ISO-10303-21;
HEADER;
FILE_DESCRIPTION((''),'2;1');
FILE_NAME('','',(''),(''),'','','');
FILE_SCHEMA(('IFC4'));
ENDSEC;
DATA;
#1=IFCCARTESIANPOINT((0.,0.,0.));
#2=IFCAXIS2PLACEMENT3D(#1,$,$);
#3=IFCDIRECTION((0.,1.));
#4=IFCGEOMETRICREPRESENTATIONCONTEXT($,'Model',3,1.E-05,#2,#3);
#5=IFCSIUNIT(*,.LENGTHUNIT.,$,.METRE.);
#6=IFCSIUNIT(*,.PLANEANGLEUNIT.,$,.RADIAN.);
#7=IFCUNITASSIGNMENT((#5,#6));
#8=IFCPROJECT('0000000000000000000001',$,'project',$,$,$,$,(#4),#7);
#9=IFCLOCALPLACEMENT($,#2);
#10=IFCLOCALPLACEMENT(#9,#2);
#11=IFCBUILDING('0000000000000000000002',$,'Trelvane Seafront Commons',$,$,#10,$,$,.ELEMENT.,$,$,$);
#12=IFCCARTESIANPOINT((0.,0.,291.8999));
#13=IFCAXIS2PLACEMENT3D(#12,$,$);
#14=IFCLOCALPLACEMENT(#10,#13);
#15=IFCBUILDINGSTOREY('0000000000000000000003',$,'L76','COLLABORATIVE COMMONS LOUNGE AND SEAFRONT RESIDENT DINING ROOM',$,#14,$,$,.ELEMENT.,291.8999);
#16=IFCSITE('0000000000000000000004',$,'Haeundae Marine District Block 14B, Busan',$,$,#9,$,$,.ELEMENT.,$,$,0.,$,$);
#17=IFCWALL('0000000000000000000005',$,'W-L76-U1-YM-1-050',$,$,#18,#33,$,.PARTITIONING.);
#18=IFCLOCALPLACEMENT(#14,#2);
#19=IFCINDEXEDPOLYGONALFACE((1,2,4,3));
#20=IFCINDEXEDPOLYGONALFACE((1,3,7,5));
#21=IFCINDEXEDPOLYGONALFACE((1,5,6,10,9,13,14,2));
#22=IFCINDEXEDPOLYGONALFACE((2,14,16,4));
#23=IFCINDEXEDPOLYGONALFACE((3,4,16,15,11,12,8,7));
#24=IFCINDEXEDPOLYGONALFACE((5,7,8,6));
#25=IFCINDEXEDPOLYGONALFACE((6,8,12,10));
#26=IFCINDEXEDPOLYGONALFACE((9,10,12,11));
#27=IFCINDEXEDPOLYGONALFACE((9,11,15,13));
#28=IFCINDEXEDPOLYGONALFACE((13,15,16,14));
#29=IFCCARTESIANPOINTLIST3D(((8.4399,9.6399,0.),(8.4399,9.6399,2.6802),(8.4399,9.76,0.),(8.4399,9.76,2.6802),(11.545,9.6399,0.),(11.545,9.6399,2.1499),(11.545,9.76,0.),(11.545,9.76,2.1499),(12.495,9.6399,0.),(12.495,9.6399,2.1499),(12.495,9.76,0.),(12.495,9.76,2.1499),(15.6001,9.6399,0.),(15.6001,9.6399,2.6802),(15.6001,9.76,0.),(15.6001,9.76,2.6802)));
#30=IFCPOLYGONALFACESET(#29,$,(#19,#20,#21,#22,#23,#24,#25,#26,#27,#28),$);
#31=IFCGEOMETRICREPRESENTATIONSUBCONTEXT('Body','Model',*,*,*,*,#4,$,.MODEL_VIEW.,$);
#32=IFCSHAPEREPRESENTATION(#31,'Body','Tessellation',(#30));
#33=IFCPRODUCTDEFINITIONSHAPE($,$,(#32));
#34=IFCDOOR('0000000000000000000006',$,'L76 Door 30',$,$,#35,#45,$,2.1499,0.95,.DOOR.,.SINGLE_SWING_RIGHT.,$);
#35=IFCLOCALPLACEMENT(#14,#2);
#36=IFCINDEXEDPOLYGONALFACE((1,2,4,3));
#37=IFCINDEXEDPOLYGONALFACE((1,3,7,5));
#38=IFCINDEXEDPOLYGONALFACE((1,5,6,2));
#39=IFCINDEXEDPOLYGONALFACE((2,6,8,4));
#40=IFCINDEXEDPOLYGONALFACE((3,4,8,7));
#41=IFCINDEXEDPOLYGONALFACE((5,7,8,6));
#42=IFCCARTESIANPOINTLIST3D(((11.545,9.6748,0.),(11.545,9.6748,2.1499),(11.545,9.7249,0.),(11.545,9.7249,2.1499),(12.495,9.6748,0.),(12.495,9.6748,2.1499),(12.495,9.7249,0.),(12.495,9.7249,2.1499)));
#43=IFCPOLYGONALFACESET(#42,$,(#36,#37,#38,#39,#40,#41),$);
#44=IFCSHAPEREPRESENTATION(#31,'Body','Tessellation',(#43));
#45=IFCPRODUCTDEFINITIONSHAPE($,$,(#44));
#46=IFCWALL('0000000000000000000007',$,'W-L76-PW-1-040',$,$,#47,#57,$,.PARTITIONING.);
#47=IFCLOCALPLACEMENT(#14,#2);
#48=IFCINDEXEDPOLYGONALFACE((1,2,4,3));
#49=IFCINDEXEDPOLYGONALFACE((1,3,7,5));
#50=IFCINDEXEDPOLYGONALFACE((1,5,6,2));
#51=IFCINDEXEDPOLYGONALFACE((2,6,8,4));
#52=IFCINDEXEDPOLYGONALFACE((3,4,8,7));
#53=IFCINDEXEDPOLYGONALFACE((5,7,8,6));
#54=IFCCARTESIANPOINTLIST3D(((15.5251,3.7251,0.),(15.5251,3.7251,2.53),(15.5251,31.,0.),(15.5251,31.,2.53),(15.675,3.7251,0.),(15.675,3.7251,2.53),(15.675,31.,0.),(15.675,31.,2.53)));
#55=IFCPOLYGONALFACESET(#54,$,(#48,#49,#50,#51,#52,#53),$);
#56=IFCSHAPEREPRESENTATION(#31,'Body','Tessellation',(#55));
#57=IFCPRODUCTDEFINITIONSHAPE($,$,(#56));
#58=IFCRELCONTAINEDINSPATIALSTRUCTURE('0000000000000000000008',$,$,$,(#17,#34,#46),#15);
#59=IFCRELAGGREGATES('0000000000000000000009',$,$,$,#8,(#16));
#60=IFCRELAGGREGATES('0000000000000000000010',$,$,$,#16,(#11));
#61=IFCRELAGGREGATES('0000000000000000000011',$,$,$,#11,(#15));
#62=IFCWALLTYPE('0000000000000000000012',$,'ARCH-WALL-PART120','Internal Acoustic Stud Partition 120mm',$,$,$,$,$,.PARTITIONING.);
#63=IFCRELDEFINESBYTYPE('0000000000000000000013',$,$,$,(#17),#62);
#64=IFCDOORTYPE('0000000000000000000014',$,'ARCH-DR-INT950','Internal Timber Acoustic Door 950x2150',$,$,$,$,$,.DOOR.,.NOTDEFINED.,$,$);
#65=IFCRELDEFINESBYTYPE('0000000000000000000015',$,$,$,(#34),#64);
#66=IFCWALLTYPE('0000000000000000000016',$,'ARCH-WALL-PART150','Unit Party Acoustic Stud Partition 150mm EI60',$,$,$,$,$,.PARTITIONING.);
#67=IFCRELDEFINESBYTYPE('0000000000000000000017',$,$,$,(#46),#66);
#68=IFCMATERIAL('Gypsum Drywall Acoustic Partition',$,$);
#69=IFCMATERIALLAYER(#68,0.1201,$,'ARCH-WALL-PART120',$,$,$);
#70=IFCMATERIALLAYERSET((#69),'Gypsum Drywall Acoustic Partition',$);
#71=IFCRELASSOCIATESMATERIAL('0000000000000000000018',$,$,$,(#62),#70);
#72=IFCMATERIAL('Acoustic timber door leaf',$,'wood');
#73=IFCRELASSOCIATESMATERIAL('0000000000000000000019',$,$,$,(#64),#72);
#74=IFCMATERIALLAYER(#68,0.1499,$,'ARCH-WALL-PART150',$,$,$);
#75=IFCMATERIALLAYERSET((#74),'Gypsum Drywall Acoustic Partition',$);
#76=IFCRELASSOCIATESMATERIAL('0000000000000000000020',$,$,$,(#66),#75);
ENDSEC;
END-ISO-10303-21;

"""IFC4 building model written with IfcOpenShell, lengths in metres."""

from ifc_helpers import new_model, si_unit, direction, frame, frame_2d, origin, place, context, subcontext, project, spatial, rectangle, extrude, source, transform, mapped, material, layer, layer_set, type_object, element, fill, save


model = new_model("IFC4")

# Units and contexts
model_context = context("Model", 3, precision=1e-05, world=origin(), true_north=direction((0.0, 1.0)))
body_context = subcontext(model_context, "Body", "Model", "MODEL_VIEW")
ifc_project = project(units=[si_unit("LENGTHUNIT", "METRE"), si_unit("PLANEANGLEUNIT", "RADIAN")], contexts=[model_context])

# Site, building, storey
site_placement = place(None, origin())
site = spatial("IfcSite", under=ifc_project, at=site_placement, Name="Haeundae Marine District Block 14B, Busan", CompositionType="ELEMENT", RefElevation=0.0)
building_placement = place(site_placement, origin())
building = spatial("IfcBuilding", under=site, at=building_placement, Name="Trelvane Seafront Commons", CompositionType="ELEMENT")
storey_placement = place(building_placement, frame((0.0, 0.0, 291.8999)))
storey = spatial("IfcBuildingStorey", under=building, at=storey_placement, Name="L76", Description="COLLABORATIVE COMMONS LOUNGE AND SEAFRONT RESIDENT DINING ROOM", CompositionType="ELEMENT", Elevation=291.8999)

# Wall, opening, door
ifc_material_1 = material(Name="Gypsum Drywall Acoustic Partition")
ifc_layer_1 = layer(ifc_material_1, 0.1201, Name="ARCH-WALL-PART120")
ifc_layer_set_1 = layer_set([ifc_layer_1], Name="Gypsum Drywall Acoustic Partition")
wall_type_1 = type_object("IfcWallType", Name="ARCH-WALL-PART120", Description="Internal Acoustic Stud Partition 120mm", PredefinedType="PARTITIONING", material=ifc_layer_set_1)
wall_1_placement = place(storey_placement, frame((8.4399, 9.7, 0.0), z_axis=(0.0, 0.0, 1.0), x_axis=(1.0, 0.0, 0.0)))
wall_1 = element("IfcWall", 1, at=wall_1_placement, inside=storey, type_object=wall_type_1, Name="W-L76-U1-YM-1-050", PredefinedType="PARTITIONING", context=body_context, shape_type="SweptSolid", body=[
    extrude(rectangle(XDim=7.1602, YDim=0.1201, at=frame_2d((3.5801, 0.0))), origin(), (0.0, 0.0, 1.0), 2.6802),
])
opening_1_placement = place(wall_1_placement, frame((3.105, 0.0, 0.0)))
opening_1 = element("IfcOpeningElement", 2, at=opening_1_placement, cuts=wall_1, PredefinedType="OPENING", context=body_context, shape_type="SweptSolid", body=[
    extrude(rectangle(XDim=0.95, YDim=2.1499, at=frame_2d((0.4751, 1.075))), frame((0.0, 0.0701, 0.0), z_axis=(0.0, -1.0, 0.0), x_axis=(1.0, 0.0, 0.0)), (0.0, 0.0, 1.0), 0.1401),
])
ifc_material_2 = material(Name="Acoustic timber door leaf", Category="wood")
door_type = type_object("IfcDoorType", Name="ARCH-DR-INT950", Description="Internal Timber Acoustic Door 950x2150", OperationType="NOTDEFINED", PredefinedType="DOOR", material=ifc_material_2)
shared_shape_1 = source(origin(), body_context, "Body", "SweptSolid", [
    extrude(rectangle(XDim=0.95, YDim=2.1499, at=frame_2d((0.4751, 1.075))), frame((0.0, 0.0249, 0.0), z_axis=(0.0, -1.0, 0.0), x_axis=(1.0, 0.0, 0.0)), (0.0, 0.0, 1.0), 0.05),
])
door_placement = place(opening_1_placement, origin())
door = element("IfcDoor", 3, at=door_placement, inside=storey, type_object=door_type, Name="L76 Door 30", OperationType="SINGLE_SWING_RIGHT", OverallHeight=2.1499, OverallWidth=0.95, PredefinedType="DOOR", context=body_context, shape_type="MappedRepresentation", body=[
    mapped(shared_shape_1, transform((0.0, 0.0, 0.0), x_axis=(1.0, 0.0, 0.0), y_axis=(0.0, 1.0, 0.0), z_axis=(0.0, 0.0, 1.0), scale=1.0)),
])
fill(opening_1, door)

# Wall
ifc_layer_2 = layer(ifc_material_1, 0.1499, Name="ARCH-WALL-PART150")
ifc_layer_set_2 = layer_set([ifc_layer_2], Name="Gypsum Drywall Acoustic Partition")
wall_type_2 = type_object("IfcWallType", Name="ARCH-WALL-PART150", Description="Unit Party Acoustic Stud Partition 150mm EI60", PredefinedType="PARTITIONING", material=ifc_layer_set_2)
wall_2_placement = place(storey_placement, frame((15.6001, 3.7251, 0.0), z_axis=(0.0, 0.0, 1.0), x_axis=(0.0, 1.0, 0.0)))
element("IfcWall", 4, at=wall_2_placement, inside=storey, type_object=wall_type_2, Name="W-L76-PW-1-040", PredefinedType="PARTITIONING", context=body_context, shape_type="SweptSolid", body=[
    extrude(rectangle(XDim=27.2749, YDim=0.1499, at=frame_2d((13.6375, 0.0))), origin(), (0.0, 0.0, 1.0), 2.53),
])

save(model, "model.ifc")
